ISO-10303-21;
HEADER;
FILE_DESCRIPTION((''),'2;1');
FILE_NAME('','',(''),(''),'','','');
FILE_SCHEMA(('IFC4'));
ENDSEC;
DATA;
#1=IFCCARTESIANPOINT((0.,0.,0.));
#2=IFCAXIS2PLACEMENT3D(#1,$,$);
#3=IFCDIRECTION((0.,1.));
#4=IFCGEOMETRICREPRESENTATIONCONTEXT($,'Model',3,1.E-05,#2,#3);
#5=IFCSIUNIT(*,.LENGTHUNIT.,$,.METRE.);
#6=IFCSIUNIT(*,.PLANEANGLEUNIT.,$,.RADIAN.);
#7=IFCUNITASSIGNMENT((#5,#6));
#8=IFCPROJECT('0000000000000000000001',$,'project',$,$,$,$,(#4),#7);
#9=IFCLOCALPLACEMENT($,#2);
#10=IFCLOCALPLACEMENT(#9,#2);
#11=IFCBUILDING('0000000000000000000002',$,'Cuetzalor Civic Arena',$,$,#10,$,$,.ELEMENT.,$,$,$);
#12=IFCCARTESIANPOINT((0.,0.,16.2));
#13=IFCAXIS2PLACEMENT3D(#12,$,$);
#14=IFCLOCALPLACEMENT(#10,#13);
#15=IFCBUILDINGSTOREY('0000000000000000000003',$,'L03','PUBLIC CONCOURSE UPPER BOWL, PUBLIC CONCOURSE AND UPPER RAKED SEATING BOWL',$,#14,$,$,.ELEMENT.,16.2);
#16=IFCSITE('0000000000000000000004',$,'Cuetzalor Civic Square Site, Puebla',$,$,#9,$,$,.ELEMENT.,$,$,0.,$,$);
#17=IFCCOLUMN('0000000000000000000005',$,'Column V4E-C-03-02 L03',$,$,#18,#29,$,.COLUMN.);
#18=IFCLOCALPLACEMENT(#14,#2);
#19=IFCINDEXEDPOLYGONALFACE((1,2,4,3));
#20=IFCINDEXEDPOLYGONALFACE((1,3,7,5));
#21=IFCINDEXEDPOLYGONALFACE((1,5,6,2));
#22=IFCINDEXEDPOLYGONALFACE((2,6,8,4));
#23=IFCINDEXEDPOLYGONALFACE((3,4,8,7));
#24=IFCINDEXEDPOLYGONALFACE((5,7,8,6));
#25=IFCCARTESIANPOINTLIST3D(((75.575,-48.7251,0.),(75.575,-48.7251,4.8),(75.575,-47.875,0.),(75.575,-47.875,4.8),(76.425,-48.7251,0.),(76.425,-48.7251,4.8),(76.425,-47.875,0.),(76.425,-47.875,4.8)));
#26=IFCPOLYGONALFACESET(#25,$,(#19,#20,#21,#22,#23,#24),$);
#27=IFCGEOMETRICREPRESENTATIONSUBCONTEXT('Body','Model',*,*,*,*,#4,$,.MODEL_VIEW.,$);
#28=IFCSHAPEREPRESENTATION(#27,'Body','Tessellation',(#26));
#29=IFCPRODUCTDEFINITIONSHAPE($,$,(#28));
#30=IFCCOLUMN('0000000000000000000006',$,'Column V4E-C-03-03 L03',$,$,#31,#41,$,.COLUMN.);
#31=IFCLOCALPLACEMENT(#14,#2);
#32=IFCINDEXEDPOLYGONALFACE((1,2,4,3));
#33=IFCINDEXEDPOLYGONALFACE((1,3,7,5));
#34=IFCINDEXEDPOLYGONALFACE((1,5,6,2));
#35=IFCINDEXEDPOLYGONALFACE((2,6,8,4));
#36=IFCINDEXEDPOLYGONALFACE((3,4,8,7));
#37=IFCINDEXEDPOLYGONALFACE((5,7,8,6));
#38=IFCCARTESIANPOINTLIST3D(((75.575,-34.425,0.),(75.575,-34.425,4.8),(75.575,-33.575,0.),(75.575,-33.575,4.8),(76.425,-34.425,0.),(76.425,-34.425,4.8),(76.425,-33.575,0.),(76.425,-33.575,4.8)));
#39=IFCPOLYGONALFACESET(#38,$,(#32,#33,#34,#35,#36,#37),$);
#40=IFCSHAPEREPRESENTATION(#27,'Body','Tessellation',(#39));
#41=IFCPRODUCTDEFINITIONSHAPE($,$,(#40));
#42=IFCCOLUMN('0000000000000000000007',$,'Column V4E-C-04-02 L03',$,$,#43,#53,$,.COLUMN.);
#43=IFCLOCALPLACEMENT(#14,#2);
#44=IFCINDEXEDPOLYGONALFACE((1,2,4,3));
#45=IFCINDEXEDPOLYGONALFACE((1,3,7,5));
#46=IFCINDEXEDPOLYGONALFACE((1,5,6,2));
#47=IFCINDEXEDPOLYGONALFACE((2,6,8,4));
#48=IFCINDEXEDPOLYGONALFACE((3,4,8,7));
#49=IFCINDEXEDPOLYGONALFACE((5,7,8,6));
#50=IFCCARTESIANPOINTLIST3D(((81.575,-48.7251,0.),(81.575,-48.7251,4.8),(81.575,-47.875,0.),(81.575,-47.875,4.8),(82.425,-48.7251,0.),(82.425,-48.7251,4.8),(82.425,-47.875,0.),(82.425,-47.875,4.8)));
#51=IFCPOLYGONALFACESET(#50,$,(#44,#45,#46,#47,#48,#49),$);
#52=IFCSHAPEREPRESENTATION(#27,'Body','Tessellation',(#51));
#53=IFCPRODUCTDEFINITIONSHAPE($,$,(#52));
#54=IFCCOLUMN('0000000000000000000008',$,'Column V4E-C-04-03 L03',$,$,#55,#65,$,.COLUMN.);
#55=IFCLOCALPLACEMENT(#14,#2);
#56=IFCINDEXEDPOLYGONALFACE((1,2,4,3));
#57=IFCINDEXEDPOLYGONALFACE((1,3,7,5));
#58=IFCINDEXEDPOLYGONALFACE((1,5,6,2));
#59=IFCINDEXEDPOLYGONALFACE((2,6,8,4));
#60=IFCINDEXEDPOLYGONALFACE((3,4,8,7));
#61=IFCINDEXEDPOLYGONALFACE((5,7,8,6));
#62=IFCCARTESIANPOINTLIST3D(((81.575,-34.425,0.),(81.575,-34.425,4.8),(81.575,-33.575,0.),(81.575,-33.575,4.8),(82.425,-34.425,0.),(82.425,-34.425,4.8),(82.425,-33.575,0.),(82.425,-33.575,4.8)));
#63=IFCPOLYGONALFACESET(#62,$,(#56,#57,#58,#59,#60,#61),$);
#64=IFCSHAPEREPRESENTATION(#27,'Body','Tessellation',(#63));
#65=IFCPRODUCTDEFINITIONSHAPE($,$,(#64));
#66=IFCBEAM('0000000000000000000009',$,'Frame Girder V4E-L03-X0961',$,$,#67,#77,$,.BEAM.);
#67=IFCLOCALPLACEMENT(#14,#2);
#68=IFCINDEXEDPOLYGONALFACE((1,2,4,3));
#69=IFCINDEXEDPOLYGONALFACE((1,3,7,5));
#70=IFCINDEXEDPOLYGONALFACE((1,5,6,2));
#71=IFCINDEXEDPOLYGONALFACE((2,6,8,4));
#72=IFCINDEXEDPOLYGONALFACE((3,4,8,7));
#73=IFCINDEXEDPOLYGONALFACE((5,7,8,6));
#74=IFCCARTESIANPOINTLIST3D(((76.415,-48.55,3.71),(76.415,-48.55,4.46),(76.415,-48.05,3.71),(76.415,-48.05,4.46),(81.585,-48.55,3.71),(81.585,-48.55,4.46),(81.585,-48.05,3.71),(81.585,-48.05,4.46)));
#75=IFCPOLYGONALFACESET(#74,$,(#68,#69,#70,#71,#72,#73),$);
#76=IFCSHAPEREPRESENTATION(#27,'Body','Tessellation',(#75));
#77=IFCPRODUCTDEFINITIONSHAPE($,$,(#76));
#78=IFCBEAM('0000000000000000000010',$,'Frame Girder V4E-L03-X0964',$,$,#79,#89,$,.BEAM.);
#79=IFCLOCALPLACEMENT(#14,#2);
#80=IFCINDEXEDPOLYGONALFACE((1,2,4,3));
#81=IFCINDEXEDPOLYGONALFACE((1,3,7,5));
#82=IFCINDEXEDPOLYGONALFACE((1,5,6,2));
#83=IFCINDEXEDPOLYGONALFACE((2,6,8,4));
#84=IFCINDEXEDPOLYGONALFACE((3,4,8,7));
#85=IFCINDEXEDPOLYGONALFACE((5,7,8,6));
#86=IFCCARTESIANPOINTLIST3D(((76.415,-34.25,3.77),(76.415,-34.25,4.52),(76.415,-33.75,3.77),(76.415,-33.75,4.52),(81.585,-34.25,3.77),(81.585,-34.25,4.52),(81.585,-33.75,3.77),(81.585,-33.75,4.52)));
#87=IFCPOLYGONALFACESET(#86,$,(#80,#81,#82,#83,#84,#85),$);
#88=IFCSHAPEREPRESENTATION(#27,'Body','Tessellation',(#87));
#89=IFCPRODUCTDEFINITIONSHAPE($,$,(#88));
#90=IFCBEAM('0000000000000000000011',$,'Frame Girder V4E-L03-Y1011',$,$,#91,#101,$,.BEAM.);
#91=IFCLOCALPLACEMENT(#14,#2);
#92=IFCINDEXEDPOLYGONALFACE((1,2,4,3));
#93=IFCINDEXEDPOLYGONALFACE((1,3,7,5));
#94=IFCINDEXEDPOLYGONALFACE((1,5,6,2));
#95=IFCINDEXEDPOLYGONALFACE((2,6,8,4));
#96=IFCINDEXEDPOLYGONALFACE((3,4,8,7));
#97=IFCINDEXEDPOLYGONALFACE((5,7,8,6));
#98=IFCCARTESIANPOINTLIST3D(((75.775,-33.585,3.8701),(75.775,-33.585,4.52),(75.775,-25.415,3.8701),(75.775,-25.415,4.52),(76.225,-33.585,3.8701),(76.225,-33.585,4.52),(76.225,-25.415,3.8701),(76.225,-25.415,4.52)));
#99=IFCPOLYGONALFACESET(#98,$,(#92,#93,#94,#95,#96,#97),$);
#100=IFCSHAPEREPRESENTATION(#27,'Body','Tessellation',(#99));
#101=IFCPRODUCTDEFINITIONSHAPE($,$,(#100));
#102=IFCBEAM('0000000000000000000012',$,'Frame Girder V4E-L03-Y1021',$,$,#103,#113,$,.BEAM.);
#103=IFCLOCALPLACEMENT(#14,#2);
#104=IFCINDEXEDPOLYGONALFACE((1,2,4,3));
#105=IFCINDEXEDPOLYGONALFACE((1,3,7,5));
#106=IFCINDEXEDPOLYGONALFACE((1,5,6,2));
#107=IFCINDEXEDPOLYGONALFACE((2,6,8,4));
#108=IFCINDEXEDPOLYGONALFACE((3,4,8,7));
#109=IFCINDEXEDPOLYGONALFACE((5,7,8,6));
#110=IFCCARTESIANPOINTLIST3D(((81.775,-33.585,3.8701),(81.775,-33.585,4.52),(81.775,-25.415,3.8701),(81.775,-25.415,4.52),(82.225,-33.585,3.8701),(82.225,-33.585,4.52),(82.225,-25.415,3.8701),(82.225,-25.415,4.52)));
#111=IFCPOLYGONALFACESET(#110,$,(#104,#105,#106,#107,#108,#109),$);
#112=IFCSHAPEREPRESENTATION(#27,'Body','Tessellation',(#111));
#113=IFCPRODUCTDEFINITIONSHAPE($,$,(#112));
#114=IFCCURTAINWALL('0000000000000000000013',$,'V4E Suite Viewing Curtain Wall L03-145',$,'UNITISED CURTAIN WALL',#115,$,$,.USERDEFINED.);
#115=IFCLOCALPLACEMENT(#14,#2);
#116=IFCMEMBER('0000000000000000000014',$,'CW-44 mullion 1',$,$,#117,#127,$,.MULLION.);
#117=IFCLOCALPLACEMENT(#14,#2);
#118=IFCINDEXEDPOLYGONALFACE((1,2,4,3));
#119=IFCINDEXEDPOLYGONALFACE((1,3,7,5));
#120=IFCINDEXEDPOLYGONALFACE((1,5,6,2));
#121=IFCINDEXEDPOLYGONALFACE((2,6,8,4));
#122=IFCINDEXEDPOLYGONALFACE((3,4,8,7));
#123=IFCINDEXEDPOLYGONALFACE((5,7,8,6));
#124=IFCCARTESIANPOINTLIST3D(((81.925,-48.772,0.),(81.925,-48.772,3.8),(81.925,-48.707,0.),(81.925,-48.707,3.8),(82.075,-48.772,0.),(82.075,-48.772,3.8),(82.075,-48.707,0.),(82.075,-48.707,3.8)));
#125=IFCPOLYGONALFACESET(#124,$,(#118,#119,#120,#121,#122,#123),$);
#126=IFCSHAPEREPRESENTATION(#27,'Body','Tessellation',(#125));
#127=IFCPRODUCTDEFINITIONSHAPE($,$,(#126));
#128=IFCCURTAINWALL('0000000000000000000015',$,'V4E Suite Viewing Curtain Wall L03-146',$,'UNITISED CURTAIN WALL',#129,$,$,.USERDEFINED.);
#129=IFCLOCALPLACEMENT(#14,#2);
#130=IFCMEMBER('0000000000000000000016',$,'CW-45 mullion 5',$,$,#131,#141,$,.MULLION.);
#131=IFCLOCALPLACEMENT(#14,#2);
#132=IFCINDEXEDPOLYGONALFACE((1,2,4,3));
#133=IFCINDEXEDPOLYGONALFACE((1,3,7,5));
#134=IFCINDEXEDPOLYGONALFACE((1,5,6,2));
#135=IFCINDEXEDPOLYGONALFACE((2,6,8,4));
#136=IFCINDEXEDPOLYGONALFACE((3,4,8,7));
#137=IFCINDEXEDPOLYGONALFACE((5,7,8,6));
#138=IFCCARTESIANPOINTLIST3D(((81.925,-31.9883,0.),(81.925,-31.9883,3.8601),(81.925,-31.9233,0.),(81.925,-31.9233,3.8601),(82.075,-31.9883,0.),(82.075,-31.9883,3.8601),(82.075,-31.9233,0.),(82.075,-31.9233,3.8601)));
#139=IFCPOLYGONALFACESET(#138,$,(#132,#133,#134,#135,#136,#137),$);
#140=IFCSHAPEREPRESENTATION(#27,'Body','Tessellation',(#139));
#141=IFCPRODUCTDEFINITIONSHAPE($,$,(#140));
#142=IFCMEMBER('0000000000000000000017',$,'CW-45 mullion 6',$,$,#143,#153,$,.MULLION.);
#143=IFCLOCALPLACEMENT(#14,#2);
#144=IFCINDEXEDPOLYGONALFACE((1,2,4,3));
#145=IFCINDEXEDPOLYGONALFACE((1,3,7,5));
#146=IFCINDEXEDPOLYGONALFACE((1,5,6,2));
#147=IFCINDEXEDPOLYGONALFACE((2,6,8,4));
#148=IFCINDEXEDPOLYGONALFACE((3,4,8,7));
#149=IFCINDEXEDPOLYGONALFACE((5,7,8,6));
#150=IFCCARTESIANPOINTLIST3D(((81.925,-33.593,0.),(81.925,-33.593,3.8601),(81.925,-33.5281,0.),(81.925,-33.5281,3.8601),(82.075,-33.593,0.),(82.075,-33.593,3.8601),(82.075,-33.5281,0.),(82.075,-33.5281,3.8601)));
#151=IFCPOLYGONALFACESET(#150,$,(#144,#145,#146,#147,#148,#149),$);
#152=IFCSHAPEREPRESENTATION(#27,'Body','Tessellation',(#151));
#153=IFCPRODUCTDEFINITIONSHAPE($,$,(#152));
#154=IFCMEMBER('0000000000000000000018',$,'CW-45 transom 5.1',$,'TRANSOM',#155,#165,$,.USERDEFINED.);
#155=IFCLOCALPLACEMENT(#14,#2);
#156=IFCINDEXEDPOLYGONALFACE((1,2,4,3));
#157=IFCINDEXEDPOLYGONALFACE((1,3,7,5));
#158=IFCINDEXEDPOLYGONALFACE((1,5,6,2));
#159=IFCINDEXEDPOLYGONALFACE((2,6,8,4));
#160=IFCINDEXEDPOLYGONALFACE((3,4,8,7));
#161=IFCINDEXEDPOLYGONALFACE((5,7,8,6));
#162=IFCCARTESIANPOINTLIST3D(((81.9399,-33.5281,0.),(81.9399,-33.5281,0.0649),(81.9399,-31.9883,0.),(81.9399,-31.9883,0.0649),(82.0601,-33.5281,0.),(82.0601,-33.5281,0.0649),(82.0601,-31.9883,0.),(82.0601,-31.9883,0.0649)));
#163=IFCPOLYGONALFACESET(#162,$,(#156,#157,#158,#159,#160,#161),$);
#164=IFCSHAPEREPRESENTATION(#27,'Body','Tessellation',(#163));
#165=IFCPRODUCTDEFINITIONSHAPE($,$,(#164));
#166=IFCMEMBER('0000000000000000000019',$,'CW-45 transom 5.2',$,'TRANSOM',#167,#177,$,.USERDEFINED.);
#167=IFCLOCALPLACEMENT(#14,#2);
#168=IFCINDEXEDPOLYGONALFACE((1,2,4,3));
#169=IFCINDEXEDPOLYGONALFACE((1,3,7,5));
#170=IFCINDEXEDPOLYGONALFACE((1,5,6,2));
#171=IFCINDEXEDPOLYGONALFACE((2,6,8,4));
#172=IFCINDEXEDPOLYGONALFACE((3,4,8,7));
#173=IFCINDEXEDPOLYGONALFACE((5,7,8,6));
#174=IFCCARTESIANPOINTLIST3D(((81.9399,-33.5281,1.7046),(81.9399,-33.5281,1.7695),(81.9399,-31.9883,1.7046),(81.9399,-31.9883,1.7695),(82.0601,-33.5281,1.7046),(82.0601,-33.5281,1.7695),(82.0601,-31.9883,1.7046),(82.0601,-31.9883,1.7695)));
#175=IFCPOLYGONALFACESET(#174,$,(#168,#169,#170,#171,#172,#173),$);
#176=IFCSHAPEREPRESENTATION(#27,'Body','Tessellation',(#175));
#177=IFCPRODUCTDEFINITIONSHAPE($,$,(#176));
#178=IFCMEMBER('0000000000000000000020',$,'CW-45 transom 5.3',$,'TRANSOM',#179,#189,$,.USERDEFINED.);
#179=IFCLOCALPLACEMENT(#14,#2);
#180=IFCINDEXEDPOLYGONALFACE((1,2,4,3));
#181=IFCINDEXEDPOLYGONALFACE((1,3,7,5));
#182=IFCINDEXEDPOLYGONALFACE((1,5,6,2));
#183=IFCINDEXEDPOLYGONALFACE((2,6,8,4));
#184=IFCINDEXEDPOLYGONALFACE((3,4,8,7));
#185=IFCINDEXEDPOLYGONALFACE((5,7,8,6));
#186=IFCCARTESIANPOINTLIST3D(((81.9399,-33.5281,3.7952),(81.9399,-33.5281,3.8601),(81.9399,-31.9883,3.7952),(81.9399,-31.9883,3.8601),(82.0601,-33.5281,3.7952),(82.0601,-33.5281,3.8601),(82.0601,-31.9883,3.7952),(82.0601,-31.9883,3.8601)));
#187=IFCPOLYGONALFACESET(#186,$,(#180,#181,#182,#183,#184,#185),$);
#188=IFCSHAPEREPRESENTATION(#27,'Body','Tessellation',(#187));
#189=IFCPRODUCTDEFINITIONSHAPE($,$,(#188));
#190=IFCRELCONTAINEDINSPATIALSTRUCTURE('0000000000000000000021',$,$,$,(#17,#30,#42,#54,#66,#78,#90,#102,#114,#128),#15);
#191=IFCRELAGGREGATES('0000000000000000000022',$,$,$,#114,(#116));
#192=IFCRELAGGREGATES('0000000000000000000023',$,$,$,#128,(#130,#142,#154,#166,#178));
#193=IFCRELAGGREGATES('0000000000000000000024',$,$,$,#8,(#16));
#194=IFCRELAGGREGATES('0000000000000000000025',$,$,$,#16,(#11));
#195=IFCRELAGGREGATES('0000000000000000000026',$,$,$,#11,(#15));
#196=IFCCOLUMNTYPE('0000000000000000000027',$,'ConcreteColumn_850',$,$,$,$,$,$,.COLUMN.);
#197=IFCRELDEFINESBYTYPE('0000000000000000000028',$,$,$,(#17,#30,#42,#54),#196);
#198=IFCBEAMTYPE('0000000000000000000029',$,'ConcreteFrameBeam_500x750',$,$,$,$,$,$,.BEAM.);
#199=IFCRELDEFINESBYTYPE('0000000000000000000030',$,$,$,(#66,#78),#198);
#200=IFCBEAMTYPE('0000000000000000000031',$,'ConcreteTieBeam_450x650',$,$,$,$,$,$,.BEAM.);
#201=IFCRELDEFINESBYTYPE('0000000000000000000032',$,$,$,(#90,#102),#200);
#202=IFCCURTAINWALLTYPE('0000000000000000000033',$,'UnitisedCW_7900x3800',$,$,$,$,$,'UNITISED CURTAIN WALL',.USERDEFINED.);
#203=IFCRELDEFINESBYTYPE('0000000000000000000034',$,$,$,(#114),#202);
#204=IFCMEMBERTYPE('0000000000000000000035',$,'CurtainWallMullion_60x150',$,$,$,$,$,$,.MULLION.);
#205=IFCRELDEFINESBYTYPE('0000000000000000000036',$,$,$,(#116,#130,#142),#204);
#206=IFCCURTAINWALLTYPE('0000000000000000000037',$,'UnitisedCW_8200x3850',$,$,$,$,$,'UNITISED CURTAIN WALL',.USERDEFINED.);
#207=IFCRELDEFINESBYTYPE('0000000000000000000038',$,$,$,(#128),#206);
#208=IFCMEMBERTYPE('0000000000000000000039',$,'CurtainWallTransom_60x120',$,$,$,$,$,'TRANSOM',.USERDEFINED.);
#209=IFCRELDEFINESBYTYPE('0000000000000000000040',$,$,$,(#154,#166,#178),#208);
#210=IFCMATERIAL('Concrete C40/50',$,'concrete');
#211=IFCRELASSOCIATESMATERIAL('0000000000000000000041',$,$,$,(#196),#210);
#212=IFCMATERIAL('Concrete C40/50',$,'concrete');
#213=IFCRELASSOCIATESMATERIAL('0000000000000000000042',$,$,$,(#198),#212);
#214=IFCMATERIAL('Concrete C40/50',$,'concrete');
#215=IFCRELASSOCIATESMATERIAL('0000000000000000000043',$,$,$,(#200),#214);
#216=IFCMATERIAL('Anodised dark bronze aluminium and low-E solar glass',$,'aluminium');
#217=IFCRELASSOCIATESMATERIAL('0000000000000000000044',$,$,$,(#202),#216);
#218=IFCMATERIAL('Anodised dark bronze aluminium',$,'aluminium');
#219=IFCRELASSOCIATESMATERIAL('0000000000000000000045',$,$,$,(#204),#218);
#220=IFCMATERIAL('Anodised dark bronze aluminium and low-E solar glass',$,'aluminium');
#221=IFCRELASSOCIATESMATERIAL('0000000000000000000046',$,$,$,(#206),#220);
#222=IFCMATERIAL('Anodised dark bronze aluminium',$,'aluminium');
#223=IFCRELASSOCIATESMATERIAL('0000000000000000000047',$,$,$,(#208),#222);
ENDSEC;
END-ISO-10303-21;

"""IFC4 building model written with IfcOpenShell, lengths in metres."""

from ifc_helpers import new_model, si_unit, direction, frame, origin, origin_2d, place, context, subcontext, project, spatial, rectangle, extrude, material, material_profile, profile_set, type_object, element, aggregate, save


model = new_model("IFC4")

# Units and contexts
model_context = context("Model", 3, precision=1e-05, world=origin(), true_north=direction((0.0, 1.0)))
body_context = subcontext(model_context, "Body", "Model", "MODEL_VIEW")
ifc_project = project(units=[si_unit("LENGTHUNIT", "METRE"), si_unit("PLANEANGLEUNIT", "RADIAN")], contexts=[model_context])

# Site, building, storey
site_placement = place(None, origin())
site = spatial("IfcSite", under=ifc_project, at=site_placement, Name="Cuetzalor Civic Square Site, Puebla", CompositionType="ELEMENT", RefElevation=0.0)
building_placement = place(site_placement, origin())
building = spatial("IfcBuilding", under=site, at=building_placement, Name="Cuetzalor Civic Arena", CompositionType="ELEMENT")
storey_placement = place(building_placement, frame((0.0, 0.0, 16.2)))
storey = spatial("IfcBuildingStorey", under=building, at=storey_placement, Name="L03", Description="PUBLIC CONCOURSE UPPER BOWL, PUBLIC CONCOURSE AND UPPER RAKED SEATING BOWL", CompositionType="ELEMENT", Elevation=16.2)

# Columns
ifc_material_1 = material(Name="Concrete C40/50", Category="concrete")
ifc_material_profile_1 = material_profile(ifc_material_1, rectangle(XDim=0.8501, YDim=0.8501, at=origin_2d()), Name="RC 850x850")
ifc_profile_set_1 = profile_set([ifc_material_profile_1], Name="Concrete C40/50")
column_type = type_object("IfcColumnType", Name="ConcreteColumn_850", PredefinedType="COLUMN", material=ifc_profile_set_1)
for number, where, z_axis, x_axis, name in (
    (1, (76.0, -48.3, 0.0), (0.0, 0.0, 1.0), (1.0, 0.0, 0.0), "Column V4E-C-03-02 L03"),
    (2, (76.0, -34.0, 0.0), (0.0, 0.0, 1.0), (1.0, 0.0, 0.0), "Column V4E-C-03-03 L03"),
    (3, (82.0, -48.3, 0.0), (0.0, 0.0, 1.0), (1.0, 0.0, 0.0), "Column V4E-C-04-02 L03"),
    (4, (82.0, -34.0, 0.0), (0.0, 0.0, 1.0), (1.0, 0.0, 0.0), "Column V4E-C-04-03 L03"),
):
    element("IfcColumn", number, at=place(storey_placement, frame(where, z_axis=z_axis, x_axis=x_axis)), inside=storey, type_object=column_type, Name=name, PredefinedType="COLUMN", context=body_context, shape_type="SweptSolid", body=[
        extrude(rectangle(XDim=0.8501, YDim=0.8501, at=origin_2d()), origin(), (0.0, 0.0, 1.0), 4.8),
    ])

# Beams
ifc_material_2 = material(Name="Concrete C40/50", Category="concrete")
ifc_material_profile_2 = material_profile(ifc_material_2, rectangle(XDim=0.5, YDim=0.75, at=origin_2d()), Name="RC 500x750")
ifc_profile_set_2 = profile_set([ifc_material_profile_2], Name="Concrete C40/50")
beam_type_1 = type_object("IfcBeamType", Name="ConcreteFrameBeam_500x750", PredefinedType="BEAM", material=ifc_profile_set_2)
for number, where, z_axis, x_axis, name in (
    (5, (76.415, -48.3, 4.085), (1.0, 0.0, 0.0), (0.0, 1.0, 0.0), "Frame Girder V4E-L03-X0961"),
    (6, (76.415, -34.0, 4.145), (1.0, 0.0, 0.0), (0.0, 1.0, 0.0), "Frame Girder V4E-L03-X0964"),
):
    element("IfcBeam", number, at=place(storey_placement, frame(where, z_axis=z_axis, x_axis=x_axis)), inside=storey, type_object=beam_type_1, Name=name, PredefinedType="BEAM", context=body_context, shape_type="SweptSolid", body=[
        extrude(rectangle(XDim=0.5, YDim=0.75, at=origin_2d()), origin(), (0.0, 0.0, 1.0), 5.1699),
    ])
ifc_material_3 = material(Name="Concrete C40/50", Category="concrete")
ifc_material_profile_3 = material_profile(ifc_material_3, rectangle(XDim=0.45, YDim=0.6499, at=origin_2d()), Name="RC 450x650")
ifc_profile_set_3 = profile_set([ifc_material_profile_3], Name="Concrete C40/50")
beam_type_2 = type_object("IfcBeamType", Name="ConcreteTieBeam_450x650", PredefinedType="BEAM", material=ifc_profile_set_3)
for number, where, z_axis, x_axis, name in (
    (7, (76.0, -33.585, 4.1951), (0.0, 1.0, 0.0), (-1.0, 0.0, 0.0), "Frame Girder V4E-L03-Y1011"),
    (8, (82.0, -33.585, 4.1951), (0.0, 1.0, 0.0), (-1.0, 0.0, 0.0), "Frame Girder V4E-L03-Y1021"),
):
    element("IfcBeam", number, at=place(storey_placement, frame(where, z_axis=z_axis, x_axis=x_axis)), inside=storey, type_object=beam_type_2, Name=name, PredefinedType="BEAM", context=body_context, shape_type="SweptSolid", body=[
        extrude(rectangle(XDim=0.45, YDim=0.6499, at=origin_2d()), origin(), (0.0, 0.0, 1.0), 8.1699),
    ])

# Curtain wall, member
ifc_material_4 = material(Name="Anodised dark bronze aluminium and low-E solar glass", Category="aluminium")
curtain_wall_type_1 = type_object("IfcCurtainWallType", Name="UnitisedCW_7900x3800", ElementType="UNITISED CURTAIN WALL", PredefinedType="USERDEFINED", material=ifc_material_4)
curtain_wall_1_placement = place(storey_placement, origin())
curtain_wall_1 = element("IfcCurtainWall", 9, at=curtain_wall_1_placement, inside=storey, type_object=curtain_wall_type_1, Name="V4E Suite Viewing Curtain Wall L03-145", ObjectType="UNITISED CURTAIN WALL", PredefinedType="USERDEFINED")
ifc_material_5 = material(Name="Anodised dark bronze aluminium", Category="aluminium")
ifc_material_profile_4 = material_profile(ifc_material_5, rectangle(XDim=0.0649, YDim=0.1499, at=origin_2d()), Name="ALU MULLION 65x150")
ifc_profile_set_4 = profile_set([ifc_material_profile_4], Name="Anodised dark bronze aluminium")
member_type_1 = type_object("IfcMemberType", Name="CurtainWallMullion_60x150", PredefinedType="MULLION", material=ifc_profile_set_4)
member_1_placement = place(storey_placement, frame((82.0, -48.7395, 0.0), z_axis=(0.0, 0.0, 1.0), x_axis=(0.0, -1.0, 0.0)))
member_1 = element("IfcMember", 10, at=member_1_placement, type_object=member_type_1, Name="CW-44 mullion 1", PredefinedType="MULLION", context=body_context, shape_type="SweptSolid", body=[
    extrude(rectangle(XDim=0.0649, YDim=0.1499, at=origin_2d()), origin(), (0.0, 0.0, 1.0), 3.8),
])
aggregate(curtain_wall_1, [member_1])

# Curtain wall, members
ifc_material_6 = material(Name="Anodised dark bronze aluminium and low-E solar glass", Category="aluminium")
curtain_wall_type_2 = type_object("IfcCurtainWallType", Name="UnitisedCW_8200x3850", ElementType="UNITISED CURTAIN WALL", PredefinedType="USERDEFINED", material=ifc_material_6)
curtain_wall_2_placement = place(storey_placement, origin())
curtain_wall_2 = element("IfcCurtainWall", 11, at=curtain_wall_2_placement, inside=storey, type_object=curtain_wall_type_2, Name="V4E Suite Viewing Curtain Wall L03-146", ObjectType="UNITISED CURTAIN WALL", PredefinedType="USERDEFINED")
member_2_placement = place(storey_placement, frame((82.0, -31.9558, 0.0), z_axis=(0.0, 0.0, 1.0), x_axis=(0.0, -1.0, 0.0)))
member_2 = element("IfcMember", 12, at=member_2_placement, type_object=member_type_1, Name="CW-45 mullion 5", PredefinedType="MULLION", context=body_context, shape_type="SweptSolid", body=[
    extrude(rectangle(XDim=0.0649, YDim=0.1499, at=origin_2d()), origin(), (0.0, 0.0, 1.0), 3.8601),
])
member_3_placement = place(storey_placement, frame((82.0, -33.5605, 0.0), z_axis=(0.0, 0.0, 1.0), x_axis=(0.0, -1.0, 0.0)))
member_3 = element("IfcMember", 13, at=member_3_placement, type_object=member_type_1, Name="CW-45 mullion 6", PredefinedType="MULLION", context=body_context, shape_type="SweptSolid", body=[
    extrude(rectangle(XDim=0.0649, YDim=0.1499, at=origin_2d()), origin(), (0.0, 0.0, 1.0), 3.8601),
])
ifc_material_7 = material(Name="Anodised dark bronze aluminium", Category="aluminium")
ifc_material_profile_5 = material_profile(ifc_material_7, rectangle(XDim=0.1201, YDim=0.0649, at=origin_2d()), Name="ALU TRANSOM 65x120")
ifc_profile_set_5 = profile_set([ifc_material_profile_5], Name="Anodised dark bronze aluminium")
member_type_2 = type_object("IfcMemberType", Name="CurtainWallTransom_60x120", ElementType="TRANSOM", PredefinedType="USERDEFINED", material=ifc_profile_set_5)
member_4_placement = place(storey_placement, frame((82.0, -31.9883, 0.0325), z_axis=(0.0, -1.0, 0.0), x_axis=(1.0, 0.0, 0.0)))
member_4 = element("IfcMember", 14, at=member_4_placement, type_object=member_type_2, Name="CW-45 transom 5.1", ObjectType="TRANSOM", PredefinedType="USERDEFINED", context=body_context, shape_type="SweptSolid", body=[
    extrude(rectangle(XDim=0.1201, YDim=0.0649, at=origin_2d()), origin(), (0.0, 0.0, 1.0), 1.5398),
])
member_5_placement = place(storey_placement, frame((82.0, -31.9883, 1.7371), z_axis=(0.0, -1.0, 0.0), x_axis=(1.0, 0.0, 0.0)))
member_5 = element("IfcMember", 15, at=member_5_placement, type_object=member_type_2, Name="CW-45 transom 5.2", ObjectType="TRANSOM", PredefinedType="USERDEFINED", context=body_context, shape_type="SweptSolid", body=[
    extrude(rectangle(XDim=0.1201, YDim=0.0649, at=origin_2d()), origin(), (0.0, 0.0, 1.0), 1.5398),
])
member_6_placement = place(storey_placement, frame((82.0, -31.9883, 3.8276), z_axis=(0.0, -1.0, 0.0), x_axis=(1.0, 0.0, 0.0)))
member_6 = element("IfcMember", 16, at=member_6_placement, type_object=member_type_2, Name="CW-45 transom 5.3", ObjectType="TRANSOM", PredefinedType="USERDEFINED", context=body_context, shape_type="SweptSolid", body=[
    extrude(rectangle(XDim=0.1201, YDim=0.0649, at=origin_2d()), origin(), (0.0, 0.0, 1.0), 1.5398),
])

aggregate(curtain_wall_2, [member_2, member_3, member_4, member_5, member_6])

save(model, "model.ifc")
